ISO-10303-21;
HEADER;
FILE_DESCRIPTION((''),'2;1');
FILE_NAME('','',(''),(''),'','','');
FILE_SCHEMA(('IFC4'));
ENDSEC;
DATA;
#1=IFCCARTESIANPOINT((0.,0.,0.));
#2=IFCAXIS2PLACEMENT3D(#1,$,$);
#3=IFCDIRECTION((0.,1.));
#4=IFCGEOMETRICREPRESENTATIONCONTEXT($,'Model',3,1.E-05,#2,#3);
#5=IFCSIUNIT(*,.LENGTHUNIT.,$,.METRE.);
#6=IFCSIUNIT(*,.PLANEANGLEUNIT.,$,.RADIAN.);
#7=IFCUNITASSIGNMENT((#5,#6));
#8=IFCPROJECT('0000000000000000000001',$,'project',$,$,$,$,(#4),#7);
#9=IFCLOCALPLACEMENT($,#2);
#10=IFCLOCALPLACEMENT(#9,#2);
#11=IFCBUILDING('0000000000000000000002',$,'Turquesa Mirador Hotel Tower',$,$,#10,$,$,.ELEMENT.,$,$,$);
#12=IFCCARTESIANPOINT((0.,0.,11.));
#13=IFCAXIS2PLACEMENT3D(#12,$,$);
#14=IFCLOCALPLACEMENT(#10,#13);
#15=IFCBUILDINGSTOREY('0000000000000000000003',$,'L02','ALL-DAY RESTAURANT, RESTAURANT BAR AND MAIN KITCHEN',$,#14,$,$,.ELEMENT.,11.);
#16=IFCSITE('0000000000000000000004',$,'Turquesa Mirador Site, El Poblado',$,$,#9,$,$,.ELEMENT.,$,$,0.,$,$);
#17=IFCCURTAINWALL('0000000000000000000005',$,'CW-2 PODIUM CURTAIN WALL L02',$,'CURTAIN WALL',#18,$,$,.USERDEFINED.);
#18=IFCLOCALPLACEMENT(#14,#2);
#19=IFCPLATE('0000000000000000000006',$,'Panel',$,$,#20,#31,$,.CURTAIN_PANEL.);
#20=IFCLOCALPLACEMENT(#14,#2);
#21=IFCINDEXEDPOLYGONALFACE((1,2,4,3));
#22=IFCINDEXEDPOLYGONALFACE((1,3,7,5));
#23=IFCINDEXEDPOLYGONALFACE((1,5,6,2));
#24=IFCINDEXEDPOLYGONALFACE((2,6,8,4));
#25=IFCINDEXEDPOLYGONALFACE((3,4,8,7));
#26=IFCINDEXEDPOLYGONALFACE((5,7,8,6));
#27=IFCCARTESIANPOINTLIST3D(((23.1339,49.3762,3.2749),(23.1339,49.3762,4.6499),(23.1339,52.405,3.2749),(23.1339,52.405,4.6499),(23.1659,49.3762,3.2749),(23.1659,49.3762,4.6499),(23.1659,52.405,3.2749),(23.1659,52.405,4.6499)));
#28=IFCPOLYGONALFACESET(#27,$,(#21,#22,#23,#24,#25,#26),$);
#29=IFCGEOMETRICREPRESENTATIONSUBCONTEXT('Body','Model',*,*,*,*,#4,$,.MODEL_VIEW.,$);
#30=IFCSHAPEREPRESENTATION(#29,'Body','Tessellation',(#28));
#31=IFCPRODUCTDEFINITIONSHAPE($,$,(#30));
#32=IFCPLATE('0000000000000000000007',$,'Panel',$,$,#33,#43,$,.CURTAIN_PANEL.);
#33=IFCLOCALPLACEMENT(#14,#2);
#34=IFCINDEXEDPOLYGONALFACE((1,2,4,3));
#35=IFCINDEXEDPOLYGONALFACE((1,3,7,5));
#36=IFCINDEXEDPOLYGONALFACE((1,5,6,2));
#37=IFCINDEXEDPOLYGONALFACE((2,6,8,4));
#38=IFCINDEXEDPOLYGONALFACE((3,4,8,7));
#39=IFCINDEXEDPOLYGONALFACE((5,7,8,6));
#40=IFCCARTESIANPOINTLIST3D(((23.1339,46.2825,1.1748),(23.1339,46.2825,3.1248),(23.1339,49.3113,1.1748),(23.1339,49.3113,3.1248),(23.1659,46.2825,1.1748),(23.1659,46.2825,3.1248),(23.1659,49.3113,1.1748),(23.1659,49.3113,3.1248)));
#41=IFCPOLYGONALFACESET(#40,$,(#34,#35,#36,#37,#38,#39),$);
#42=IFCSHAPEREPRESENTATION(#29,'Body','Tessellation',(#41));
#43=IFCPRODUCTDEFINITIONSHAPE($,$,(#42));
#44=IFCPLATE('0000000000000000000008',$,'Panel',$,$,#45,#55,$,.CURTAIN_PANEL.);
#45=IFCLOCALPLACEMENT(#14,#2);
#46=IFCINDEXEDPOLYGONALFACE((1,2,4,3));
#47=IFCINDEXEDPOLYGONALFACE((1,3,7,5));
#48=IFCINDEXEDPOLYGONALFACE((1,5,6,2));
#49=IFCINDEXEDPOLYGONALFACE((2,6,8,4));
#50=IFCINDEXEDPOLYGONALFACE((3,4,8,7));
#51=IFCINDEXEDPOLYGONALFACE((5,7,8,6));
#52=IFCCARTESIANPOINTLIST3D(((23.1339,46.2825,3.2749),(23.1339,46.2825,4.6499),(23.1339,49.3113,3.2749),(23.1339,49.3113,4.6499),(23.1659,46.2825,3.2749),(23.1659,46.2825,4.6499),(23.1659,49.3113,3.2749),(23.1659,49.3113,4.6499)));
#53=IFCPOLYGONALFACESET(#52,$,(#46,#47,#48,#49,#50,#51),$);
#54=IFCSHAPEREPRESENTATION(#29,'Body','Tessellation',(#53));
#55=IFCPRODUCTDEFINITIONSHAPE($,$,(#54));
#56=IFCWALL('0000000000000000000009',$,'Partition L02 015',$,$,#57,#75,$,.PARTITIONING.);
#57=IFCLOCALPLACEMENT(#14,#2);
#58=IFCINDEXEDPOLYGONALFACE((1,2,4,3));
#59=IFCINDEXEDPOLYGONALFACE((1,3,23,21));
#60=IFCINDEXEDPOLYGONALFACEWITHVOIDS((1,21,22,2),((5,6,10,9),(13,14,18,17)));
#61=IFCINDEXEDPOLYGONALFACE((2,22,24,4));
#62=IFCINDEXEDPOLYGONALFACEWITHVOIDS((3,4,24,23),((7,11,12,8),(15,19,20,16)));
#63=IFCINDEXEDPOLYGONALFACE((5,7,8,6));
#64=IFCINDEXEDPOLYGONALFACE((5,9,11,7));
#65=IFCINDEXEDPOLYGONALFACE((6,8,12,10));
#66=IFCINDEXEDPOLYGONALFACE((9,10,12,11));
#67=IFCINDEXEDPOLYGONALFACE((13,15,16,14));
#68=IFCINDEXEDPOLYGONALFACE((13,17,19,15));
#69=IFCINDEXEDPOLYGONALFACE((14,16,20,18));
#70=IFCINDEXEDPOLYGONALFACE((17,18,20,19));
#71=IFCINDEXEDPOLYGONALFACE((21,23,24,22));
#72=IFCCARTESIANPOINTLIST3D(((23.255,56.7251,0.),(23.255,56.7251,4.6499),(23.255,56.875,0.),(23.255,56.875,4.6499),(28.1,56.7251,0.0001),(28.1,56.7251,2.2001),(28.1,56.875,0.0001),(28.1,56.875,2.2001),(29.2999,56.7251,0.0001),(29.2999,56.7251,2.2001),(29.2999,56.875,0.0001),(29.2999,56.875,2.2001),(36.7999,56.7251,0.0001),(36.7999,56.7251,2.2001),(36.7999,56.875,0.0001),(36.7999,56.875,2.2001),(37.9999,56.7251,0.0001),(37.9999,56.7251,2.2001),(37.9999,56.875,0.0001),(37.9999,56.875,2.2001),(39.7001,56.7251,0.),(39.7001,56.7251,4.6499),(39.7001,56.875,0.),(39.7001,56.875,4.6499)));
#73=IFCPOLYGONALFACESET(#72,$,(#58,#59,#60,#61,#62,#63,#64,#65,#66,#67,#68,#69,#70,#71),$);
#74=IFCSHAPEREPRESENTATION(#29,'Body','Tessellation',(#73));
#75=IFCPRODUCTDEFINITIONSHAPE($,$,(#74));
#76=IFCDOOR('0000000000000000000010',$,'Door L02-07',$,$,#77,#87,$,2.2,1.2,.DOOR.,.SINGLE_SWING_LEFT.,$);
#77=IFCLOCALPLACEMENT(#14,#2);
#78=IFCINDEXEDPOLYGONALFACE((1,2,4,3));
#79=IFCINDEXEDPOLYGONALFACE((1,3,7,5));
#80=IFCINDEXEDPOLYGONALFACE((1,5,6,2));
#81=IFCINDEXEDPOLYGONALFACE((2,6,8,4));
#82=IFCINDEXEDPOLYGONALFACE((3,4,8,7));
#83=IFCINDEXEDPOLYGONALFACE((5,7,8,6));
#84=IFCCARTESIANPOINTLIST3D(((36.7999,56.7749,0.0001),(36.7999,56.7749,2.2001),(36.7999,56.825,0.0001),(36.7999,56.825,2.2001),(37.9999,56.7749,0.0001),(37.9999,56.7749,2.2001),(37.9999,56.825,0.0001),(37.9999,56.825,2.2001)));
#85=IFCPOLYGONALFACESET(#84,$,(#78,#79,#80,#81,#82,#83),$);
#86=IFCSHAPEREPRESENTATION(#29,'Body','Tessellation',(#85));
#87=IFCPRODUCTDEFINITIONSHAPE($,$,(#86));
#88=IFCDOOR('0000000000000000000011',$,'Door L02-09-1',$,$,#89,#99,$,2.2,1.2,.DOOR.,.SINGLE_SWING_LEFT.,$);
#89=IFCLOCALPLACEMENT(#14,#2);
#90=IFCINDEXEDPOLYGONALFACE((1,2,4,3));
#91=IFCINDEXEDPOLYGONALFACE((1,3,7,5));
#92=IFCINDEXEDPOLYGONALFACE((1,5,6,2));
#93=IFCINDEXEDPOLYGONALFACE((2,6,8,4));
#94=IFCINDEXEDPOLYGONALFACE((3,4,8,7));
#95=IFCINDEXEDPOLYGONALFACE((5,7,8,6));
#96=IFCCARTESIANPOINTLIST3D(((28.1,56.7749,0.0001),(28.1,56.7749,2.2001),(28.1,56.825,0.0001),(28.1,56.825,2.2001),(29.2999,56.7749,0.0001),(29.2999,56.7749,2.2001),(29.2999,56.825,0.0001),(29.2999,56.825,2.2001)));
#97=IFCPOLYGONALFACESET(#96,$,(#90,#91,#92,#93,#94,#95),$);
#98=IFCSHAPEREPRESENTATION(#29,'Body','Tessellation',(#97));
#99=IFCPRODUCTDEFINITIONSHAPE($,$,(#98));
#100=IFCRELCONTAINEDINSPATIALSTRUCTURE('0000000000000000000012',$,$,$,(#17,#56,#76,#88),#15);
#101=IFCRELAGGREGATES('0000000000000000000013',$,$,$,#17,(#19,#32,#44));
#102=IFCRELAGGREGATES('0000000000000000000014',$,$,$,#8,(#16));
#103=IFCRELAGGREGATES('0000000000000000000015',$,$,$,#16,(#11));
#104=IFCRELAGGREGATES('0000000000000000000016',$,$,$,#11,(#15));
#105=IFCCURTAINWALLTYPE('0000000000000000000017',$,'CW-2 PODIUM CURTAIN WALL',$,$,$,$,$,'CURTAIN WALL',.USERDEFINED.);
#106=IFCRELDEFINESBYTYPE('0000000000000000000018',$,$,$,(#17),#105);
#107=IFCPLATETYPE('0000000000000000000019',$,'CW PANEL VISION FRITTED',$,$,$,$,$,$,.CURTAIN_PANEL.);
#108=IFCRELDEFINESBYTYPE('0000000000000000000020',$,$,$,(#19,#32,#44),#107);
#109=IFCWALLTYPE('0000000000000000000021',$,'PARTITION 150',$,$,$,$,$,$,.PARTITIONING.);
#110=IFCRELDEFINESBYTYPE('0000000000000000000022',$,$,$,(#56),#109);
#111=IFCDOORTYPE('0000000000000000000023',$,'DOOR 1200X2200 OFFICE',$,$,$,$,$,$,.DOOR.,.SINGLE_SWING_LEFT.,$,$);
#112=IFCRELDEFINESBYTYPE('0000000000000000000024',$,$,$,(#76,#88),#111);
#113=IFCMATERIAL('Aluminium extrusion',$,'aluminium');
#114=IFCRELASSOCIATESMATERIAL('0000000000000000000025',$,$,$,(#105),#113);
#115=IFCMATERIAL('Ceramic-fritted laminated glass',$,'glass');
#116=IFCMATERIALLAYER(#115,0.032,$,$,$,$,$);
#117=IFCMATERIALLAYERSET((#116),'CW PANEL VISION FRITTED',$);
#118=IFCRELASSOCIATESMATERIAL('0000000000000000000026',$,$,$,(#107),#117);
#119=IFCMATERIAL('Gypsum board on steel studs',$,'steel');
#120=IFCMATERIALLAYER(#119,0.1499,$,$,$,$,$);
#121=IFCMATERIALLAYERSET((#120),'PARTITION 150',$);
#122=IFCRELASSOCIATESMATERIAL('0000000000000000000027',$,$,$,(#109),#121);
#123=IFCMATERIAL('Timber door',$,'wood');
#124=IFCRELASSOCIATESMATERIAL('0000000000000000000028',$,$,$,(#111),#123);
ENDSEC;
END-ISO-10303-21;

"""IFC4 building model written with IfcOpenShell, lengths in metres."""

from ifc_helpers import new_model, si_unit, direction, frame, frame_2d, origin, origin_2d, place, context, subcontext, project, spatial, rectangle, extrude, material, layer, layer_set, type_object, element, fill, aggregate, save


model = new_model("IFC4")

# Units and contexts
model_context = context("Model", 3, precision=1e-05, world=origin(), true_north=direction((0.0, 1.0)))
body_context = subcontext(model_context, "Body", "Model", "MODEL_VIEW")
ifc_project = project(units=[si_unit("LENGTHUNIT", "METRE"), si_unit("PLANEANGLEUNIT", "RADIAN")], contexts=[model_context])

# Site, building, storey
site_placement = place(None, origin())
site = spatial("IfcSite", under=ifc_project, at=site_placement, Name="Turquesa Mirador Site, El Poblado", CompositionType="ELEMENT", RefElevation=0.0)
building_placement = place(site_placement, origin())
building = spatial("IfcBuilding", under=site, at=building_placement, Name="Turquesa Mirador Hotel Tower", CompositionType="ELEMENT")
storey_placement = place(building_placement, frame((0.0, 0.0, 11.0)))
storey = spatial("IfcBuildingStorey", under=building, at=storey_placement, Name="L02", Description="ALL-DAY RESTAURANT, RESTAURANT BAR AND MAIN KITCHEN", CompositionType="ELEMENT", Elevation=11.0)

# Curtain wall, plates
ifc_material_1 = material(Name="Aluminium extrusion", Category="aluminium")
curtain_wall_type = type_object("IfcCurtainWallType", Name="CW-2 PODIUM CURTAIN WALL", ElementType="CURTAIN WALL", PredefinedType="USERDEFINED", material=ifc_material_1)
curtain_wall_placement = place(storey_placement, origin())
curtain_wall = element("IfcCurtainWall", 1, at=curtain_wall_placement, inside=storey, type_object=curtain_wall_type, Name="CW-2 PODIUM CURTAIN WALL L02", ObjectType="CURTAIN WALL", PredefinedType="USERDEFINED")
ifc_material_2 = material(Name="Ceramic-fritted laminated glass", Category="glass")
ifc_layer_1 = layer(ifc_material_2, 0.032)
ifc_layer_set_1 = layer_set([ifc_layer_1], Name="CW PANEL VISION FRITTED")
plate_type_1 = type_object("IfcPlateType", Name="CW PANEL VISION FRITTED", PredefinedType="CURTAIN_PANEL", material=ifc_layer_set_1)
plate_1_placement = place(storey_placement, frame((23.1499, 50.8906, 3.2749), z_axis=(0.0, 0.0, 1.0), x_axis=(0.0, -1.0, 0.0)))
plate_1 = element("IfcPlate", 2, at=plate_1_placement, type_object=plate_type_1, Name="Panel", PredefinedType="CURTAIN_PANEL", context=body_context, shape_type="SweptSolid", body=[
    extrude(rectangle(XDim=3.0288, YDim=0.032, at=origin_2d()), origin(), (0.0, 0.0, 1.0), 1.375),
])
plate_2_placement = place(storey_placement, frame((23.1499, 47.7969, 1.1748), z_axis=(0.0, 0.0, 1.0), x_axis=(0.0, -1.0, 0.0)))
plate_2 = element("IfcPlate", 3, at=plate_2_placement, type_object=plate_type_1, Name="Panel", PredefinedType="CURTAIN_PANEL", context=body_context, shape_type="SweptSolid", body=[
    extrude(rectangle(XDim=3.0288, YDim=0.032, at=origin_2d()), origin(), (0.0, 0.0, 1.0), 1.95),
])
plate_3_placement = place(storey_placement, frame((23.1499, 47.7969, 3.2749), z_axis=(0.0, 0.0, 1.0), x_axis=(0.0, -1.0, 0.0)))
plate_3 = element("IfcPlate", 4, at=plate_3_placement, type_object=plate_type_1, Name="Panel", PredefinedType="CURTAIN_PANEL", context=body_context, shape_type="SweptSolid", body=[
    extrude(rectangle(XDim=3.0288, YDim=0.032, at=origin_2d()), origin(), (0.0, 0.0, 1.0), 1.375),
])
aggregate(curtain_wall, [plate_1, plate_2, plate_3])

# Wall, openings, doors
ifc_material_3 = material(Name="Gypsum board on steel studs", Category="steel")
ifc_layer_2 = layer(ifc_material_3, 0.1499)
ifc_layer_set_2 = layer_set([ifc_layer_2], Name="PARTITION 150")
wall_type = type_object("IfcWallType", Name="PARTITION 150", PredefinedType="PARTITIONING", material=ifc_layer_set_2)
wall_placement = place(storey_placement, frame((23.2549, 56.8, 0.0), z_axis=(0.0, 0.0, 1.0), x_axis=(1.0, 0.0, 0.0)))
wall = element("IfcWall", 5, at=wall_placement, inside=storey, type_object=wall_type, Name="Partition L02 015", PredefinedType="PARTITIONING", context=body_context, shape_type="SweptSolid", body=[
    extrude(rectangle(XDim=16.4451, YDim=0.1499, at=frame_2d((8.2227, 0.0))), origin(), (0.0, 0.0, 1.0), 4.6499),
])
opening_1_placement = place(wall_placement, frame((13.5449, 0.0, 0.0)))
opening_1 = element("IfcOpeningElement", 6, at=opening_1_placement, cuts=wall, PredefinedType="OPENING", context=body_context, shape_type="SweptSolid", body=[
    extrude(rectangle(XDim=1.2, YDim=2.2, at=frame_2d((0.6001, 1.1001))), frame((0.0, 0.085, 0.0), z_axis=(0.0, -1.0, 0.0), x_axis=(1.0, 0.0, 0.0)), (0.0, 0.0, 1.0), 0.1699),
])
opening_2_placement = place(wall_placement, frame((4.845, 0.0, 0.0)))
opening_2 = element("IfcOpeningElement", 7, at=opening_2_placement, cuts=wall, PredefinedType="OPENING", context=body_context, shape_type="SweptSolid", body=[
    extrude(rectangle(XDim=1.2, YDim=2.2, at=frame_2d((0.6001, 1.1001))), frame((0.0, 0.085, 0.0), z_axis=(0.0, -1.0, 0.0), x_axis=(1.0, 0.0, 0.0)), (0.0, 0.0, 1.0), 0.1699),
])
ifc_material_4 = material(Name="Timber door", Category="wood")
door_type = type_object("IfcDoorType", Name="DOOR 1200X2200 OFFICE", OperationType="SINGLE_SWING_LEFT", PredefinedType="DOOR", material=ifc_material_4)
door_1_placement = place(opening_1_placement, origin())
door_1 = element("IfcDoor", 8, at=door_1_placement, inside=storey, type_object=door_type, Name="Door L02-07", OperationType="SINGLE_SWING_LEFT", OverallHeight=2.2, OverallWidth=1.2, PredefinedType="DOOR", context=body_context, shape_type="SweptSolid", body=[
    extrude(rectangle(XDim=1.2, YDim=2.2, at=frame_2d((0.6001, 1.1001))), frame((0.0, 0.0249, 0.0), z_axis=(0.0, -1.0, 0.0), x_axis=(1.0, 0.0, 0.0)), (0.0, 0.0, 1.0), 0.05),
])
fill(opening_1, door_1)
door_2_placement = place(opening_2_placement, origin())
door_2 = element("IfcDoor", 9, at=door_2_placement, inside=storey, type_object=door_type, Name="Door L02-09-1", OperationType="SINGLE_SWING_LEFT", OverallHeight=2.2, OverallWidth=1.2, PredefinedType="DOOR", context=body_context, shape_type="SweptSolid", body=[
    extrude(rectangle(XDim=1.2, YDim=2.2, at=frame_2d((0.6001, 1.1001))), frame((0.0, 0.0249, 0.0), z_axis=(0.0, -1.0, 0.0), x_axis=(1.0, 0.0, 0.0)), (0.0, 0.0, 1.0), 0.05),
])
fill(opening_2, door_2)

save(model, "model.ifc")
